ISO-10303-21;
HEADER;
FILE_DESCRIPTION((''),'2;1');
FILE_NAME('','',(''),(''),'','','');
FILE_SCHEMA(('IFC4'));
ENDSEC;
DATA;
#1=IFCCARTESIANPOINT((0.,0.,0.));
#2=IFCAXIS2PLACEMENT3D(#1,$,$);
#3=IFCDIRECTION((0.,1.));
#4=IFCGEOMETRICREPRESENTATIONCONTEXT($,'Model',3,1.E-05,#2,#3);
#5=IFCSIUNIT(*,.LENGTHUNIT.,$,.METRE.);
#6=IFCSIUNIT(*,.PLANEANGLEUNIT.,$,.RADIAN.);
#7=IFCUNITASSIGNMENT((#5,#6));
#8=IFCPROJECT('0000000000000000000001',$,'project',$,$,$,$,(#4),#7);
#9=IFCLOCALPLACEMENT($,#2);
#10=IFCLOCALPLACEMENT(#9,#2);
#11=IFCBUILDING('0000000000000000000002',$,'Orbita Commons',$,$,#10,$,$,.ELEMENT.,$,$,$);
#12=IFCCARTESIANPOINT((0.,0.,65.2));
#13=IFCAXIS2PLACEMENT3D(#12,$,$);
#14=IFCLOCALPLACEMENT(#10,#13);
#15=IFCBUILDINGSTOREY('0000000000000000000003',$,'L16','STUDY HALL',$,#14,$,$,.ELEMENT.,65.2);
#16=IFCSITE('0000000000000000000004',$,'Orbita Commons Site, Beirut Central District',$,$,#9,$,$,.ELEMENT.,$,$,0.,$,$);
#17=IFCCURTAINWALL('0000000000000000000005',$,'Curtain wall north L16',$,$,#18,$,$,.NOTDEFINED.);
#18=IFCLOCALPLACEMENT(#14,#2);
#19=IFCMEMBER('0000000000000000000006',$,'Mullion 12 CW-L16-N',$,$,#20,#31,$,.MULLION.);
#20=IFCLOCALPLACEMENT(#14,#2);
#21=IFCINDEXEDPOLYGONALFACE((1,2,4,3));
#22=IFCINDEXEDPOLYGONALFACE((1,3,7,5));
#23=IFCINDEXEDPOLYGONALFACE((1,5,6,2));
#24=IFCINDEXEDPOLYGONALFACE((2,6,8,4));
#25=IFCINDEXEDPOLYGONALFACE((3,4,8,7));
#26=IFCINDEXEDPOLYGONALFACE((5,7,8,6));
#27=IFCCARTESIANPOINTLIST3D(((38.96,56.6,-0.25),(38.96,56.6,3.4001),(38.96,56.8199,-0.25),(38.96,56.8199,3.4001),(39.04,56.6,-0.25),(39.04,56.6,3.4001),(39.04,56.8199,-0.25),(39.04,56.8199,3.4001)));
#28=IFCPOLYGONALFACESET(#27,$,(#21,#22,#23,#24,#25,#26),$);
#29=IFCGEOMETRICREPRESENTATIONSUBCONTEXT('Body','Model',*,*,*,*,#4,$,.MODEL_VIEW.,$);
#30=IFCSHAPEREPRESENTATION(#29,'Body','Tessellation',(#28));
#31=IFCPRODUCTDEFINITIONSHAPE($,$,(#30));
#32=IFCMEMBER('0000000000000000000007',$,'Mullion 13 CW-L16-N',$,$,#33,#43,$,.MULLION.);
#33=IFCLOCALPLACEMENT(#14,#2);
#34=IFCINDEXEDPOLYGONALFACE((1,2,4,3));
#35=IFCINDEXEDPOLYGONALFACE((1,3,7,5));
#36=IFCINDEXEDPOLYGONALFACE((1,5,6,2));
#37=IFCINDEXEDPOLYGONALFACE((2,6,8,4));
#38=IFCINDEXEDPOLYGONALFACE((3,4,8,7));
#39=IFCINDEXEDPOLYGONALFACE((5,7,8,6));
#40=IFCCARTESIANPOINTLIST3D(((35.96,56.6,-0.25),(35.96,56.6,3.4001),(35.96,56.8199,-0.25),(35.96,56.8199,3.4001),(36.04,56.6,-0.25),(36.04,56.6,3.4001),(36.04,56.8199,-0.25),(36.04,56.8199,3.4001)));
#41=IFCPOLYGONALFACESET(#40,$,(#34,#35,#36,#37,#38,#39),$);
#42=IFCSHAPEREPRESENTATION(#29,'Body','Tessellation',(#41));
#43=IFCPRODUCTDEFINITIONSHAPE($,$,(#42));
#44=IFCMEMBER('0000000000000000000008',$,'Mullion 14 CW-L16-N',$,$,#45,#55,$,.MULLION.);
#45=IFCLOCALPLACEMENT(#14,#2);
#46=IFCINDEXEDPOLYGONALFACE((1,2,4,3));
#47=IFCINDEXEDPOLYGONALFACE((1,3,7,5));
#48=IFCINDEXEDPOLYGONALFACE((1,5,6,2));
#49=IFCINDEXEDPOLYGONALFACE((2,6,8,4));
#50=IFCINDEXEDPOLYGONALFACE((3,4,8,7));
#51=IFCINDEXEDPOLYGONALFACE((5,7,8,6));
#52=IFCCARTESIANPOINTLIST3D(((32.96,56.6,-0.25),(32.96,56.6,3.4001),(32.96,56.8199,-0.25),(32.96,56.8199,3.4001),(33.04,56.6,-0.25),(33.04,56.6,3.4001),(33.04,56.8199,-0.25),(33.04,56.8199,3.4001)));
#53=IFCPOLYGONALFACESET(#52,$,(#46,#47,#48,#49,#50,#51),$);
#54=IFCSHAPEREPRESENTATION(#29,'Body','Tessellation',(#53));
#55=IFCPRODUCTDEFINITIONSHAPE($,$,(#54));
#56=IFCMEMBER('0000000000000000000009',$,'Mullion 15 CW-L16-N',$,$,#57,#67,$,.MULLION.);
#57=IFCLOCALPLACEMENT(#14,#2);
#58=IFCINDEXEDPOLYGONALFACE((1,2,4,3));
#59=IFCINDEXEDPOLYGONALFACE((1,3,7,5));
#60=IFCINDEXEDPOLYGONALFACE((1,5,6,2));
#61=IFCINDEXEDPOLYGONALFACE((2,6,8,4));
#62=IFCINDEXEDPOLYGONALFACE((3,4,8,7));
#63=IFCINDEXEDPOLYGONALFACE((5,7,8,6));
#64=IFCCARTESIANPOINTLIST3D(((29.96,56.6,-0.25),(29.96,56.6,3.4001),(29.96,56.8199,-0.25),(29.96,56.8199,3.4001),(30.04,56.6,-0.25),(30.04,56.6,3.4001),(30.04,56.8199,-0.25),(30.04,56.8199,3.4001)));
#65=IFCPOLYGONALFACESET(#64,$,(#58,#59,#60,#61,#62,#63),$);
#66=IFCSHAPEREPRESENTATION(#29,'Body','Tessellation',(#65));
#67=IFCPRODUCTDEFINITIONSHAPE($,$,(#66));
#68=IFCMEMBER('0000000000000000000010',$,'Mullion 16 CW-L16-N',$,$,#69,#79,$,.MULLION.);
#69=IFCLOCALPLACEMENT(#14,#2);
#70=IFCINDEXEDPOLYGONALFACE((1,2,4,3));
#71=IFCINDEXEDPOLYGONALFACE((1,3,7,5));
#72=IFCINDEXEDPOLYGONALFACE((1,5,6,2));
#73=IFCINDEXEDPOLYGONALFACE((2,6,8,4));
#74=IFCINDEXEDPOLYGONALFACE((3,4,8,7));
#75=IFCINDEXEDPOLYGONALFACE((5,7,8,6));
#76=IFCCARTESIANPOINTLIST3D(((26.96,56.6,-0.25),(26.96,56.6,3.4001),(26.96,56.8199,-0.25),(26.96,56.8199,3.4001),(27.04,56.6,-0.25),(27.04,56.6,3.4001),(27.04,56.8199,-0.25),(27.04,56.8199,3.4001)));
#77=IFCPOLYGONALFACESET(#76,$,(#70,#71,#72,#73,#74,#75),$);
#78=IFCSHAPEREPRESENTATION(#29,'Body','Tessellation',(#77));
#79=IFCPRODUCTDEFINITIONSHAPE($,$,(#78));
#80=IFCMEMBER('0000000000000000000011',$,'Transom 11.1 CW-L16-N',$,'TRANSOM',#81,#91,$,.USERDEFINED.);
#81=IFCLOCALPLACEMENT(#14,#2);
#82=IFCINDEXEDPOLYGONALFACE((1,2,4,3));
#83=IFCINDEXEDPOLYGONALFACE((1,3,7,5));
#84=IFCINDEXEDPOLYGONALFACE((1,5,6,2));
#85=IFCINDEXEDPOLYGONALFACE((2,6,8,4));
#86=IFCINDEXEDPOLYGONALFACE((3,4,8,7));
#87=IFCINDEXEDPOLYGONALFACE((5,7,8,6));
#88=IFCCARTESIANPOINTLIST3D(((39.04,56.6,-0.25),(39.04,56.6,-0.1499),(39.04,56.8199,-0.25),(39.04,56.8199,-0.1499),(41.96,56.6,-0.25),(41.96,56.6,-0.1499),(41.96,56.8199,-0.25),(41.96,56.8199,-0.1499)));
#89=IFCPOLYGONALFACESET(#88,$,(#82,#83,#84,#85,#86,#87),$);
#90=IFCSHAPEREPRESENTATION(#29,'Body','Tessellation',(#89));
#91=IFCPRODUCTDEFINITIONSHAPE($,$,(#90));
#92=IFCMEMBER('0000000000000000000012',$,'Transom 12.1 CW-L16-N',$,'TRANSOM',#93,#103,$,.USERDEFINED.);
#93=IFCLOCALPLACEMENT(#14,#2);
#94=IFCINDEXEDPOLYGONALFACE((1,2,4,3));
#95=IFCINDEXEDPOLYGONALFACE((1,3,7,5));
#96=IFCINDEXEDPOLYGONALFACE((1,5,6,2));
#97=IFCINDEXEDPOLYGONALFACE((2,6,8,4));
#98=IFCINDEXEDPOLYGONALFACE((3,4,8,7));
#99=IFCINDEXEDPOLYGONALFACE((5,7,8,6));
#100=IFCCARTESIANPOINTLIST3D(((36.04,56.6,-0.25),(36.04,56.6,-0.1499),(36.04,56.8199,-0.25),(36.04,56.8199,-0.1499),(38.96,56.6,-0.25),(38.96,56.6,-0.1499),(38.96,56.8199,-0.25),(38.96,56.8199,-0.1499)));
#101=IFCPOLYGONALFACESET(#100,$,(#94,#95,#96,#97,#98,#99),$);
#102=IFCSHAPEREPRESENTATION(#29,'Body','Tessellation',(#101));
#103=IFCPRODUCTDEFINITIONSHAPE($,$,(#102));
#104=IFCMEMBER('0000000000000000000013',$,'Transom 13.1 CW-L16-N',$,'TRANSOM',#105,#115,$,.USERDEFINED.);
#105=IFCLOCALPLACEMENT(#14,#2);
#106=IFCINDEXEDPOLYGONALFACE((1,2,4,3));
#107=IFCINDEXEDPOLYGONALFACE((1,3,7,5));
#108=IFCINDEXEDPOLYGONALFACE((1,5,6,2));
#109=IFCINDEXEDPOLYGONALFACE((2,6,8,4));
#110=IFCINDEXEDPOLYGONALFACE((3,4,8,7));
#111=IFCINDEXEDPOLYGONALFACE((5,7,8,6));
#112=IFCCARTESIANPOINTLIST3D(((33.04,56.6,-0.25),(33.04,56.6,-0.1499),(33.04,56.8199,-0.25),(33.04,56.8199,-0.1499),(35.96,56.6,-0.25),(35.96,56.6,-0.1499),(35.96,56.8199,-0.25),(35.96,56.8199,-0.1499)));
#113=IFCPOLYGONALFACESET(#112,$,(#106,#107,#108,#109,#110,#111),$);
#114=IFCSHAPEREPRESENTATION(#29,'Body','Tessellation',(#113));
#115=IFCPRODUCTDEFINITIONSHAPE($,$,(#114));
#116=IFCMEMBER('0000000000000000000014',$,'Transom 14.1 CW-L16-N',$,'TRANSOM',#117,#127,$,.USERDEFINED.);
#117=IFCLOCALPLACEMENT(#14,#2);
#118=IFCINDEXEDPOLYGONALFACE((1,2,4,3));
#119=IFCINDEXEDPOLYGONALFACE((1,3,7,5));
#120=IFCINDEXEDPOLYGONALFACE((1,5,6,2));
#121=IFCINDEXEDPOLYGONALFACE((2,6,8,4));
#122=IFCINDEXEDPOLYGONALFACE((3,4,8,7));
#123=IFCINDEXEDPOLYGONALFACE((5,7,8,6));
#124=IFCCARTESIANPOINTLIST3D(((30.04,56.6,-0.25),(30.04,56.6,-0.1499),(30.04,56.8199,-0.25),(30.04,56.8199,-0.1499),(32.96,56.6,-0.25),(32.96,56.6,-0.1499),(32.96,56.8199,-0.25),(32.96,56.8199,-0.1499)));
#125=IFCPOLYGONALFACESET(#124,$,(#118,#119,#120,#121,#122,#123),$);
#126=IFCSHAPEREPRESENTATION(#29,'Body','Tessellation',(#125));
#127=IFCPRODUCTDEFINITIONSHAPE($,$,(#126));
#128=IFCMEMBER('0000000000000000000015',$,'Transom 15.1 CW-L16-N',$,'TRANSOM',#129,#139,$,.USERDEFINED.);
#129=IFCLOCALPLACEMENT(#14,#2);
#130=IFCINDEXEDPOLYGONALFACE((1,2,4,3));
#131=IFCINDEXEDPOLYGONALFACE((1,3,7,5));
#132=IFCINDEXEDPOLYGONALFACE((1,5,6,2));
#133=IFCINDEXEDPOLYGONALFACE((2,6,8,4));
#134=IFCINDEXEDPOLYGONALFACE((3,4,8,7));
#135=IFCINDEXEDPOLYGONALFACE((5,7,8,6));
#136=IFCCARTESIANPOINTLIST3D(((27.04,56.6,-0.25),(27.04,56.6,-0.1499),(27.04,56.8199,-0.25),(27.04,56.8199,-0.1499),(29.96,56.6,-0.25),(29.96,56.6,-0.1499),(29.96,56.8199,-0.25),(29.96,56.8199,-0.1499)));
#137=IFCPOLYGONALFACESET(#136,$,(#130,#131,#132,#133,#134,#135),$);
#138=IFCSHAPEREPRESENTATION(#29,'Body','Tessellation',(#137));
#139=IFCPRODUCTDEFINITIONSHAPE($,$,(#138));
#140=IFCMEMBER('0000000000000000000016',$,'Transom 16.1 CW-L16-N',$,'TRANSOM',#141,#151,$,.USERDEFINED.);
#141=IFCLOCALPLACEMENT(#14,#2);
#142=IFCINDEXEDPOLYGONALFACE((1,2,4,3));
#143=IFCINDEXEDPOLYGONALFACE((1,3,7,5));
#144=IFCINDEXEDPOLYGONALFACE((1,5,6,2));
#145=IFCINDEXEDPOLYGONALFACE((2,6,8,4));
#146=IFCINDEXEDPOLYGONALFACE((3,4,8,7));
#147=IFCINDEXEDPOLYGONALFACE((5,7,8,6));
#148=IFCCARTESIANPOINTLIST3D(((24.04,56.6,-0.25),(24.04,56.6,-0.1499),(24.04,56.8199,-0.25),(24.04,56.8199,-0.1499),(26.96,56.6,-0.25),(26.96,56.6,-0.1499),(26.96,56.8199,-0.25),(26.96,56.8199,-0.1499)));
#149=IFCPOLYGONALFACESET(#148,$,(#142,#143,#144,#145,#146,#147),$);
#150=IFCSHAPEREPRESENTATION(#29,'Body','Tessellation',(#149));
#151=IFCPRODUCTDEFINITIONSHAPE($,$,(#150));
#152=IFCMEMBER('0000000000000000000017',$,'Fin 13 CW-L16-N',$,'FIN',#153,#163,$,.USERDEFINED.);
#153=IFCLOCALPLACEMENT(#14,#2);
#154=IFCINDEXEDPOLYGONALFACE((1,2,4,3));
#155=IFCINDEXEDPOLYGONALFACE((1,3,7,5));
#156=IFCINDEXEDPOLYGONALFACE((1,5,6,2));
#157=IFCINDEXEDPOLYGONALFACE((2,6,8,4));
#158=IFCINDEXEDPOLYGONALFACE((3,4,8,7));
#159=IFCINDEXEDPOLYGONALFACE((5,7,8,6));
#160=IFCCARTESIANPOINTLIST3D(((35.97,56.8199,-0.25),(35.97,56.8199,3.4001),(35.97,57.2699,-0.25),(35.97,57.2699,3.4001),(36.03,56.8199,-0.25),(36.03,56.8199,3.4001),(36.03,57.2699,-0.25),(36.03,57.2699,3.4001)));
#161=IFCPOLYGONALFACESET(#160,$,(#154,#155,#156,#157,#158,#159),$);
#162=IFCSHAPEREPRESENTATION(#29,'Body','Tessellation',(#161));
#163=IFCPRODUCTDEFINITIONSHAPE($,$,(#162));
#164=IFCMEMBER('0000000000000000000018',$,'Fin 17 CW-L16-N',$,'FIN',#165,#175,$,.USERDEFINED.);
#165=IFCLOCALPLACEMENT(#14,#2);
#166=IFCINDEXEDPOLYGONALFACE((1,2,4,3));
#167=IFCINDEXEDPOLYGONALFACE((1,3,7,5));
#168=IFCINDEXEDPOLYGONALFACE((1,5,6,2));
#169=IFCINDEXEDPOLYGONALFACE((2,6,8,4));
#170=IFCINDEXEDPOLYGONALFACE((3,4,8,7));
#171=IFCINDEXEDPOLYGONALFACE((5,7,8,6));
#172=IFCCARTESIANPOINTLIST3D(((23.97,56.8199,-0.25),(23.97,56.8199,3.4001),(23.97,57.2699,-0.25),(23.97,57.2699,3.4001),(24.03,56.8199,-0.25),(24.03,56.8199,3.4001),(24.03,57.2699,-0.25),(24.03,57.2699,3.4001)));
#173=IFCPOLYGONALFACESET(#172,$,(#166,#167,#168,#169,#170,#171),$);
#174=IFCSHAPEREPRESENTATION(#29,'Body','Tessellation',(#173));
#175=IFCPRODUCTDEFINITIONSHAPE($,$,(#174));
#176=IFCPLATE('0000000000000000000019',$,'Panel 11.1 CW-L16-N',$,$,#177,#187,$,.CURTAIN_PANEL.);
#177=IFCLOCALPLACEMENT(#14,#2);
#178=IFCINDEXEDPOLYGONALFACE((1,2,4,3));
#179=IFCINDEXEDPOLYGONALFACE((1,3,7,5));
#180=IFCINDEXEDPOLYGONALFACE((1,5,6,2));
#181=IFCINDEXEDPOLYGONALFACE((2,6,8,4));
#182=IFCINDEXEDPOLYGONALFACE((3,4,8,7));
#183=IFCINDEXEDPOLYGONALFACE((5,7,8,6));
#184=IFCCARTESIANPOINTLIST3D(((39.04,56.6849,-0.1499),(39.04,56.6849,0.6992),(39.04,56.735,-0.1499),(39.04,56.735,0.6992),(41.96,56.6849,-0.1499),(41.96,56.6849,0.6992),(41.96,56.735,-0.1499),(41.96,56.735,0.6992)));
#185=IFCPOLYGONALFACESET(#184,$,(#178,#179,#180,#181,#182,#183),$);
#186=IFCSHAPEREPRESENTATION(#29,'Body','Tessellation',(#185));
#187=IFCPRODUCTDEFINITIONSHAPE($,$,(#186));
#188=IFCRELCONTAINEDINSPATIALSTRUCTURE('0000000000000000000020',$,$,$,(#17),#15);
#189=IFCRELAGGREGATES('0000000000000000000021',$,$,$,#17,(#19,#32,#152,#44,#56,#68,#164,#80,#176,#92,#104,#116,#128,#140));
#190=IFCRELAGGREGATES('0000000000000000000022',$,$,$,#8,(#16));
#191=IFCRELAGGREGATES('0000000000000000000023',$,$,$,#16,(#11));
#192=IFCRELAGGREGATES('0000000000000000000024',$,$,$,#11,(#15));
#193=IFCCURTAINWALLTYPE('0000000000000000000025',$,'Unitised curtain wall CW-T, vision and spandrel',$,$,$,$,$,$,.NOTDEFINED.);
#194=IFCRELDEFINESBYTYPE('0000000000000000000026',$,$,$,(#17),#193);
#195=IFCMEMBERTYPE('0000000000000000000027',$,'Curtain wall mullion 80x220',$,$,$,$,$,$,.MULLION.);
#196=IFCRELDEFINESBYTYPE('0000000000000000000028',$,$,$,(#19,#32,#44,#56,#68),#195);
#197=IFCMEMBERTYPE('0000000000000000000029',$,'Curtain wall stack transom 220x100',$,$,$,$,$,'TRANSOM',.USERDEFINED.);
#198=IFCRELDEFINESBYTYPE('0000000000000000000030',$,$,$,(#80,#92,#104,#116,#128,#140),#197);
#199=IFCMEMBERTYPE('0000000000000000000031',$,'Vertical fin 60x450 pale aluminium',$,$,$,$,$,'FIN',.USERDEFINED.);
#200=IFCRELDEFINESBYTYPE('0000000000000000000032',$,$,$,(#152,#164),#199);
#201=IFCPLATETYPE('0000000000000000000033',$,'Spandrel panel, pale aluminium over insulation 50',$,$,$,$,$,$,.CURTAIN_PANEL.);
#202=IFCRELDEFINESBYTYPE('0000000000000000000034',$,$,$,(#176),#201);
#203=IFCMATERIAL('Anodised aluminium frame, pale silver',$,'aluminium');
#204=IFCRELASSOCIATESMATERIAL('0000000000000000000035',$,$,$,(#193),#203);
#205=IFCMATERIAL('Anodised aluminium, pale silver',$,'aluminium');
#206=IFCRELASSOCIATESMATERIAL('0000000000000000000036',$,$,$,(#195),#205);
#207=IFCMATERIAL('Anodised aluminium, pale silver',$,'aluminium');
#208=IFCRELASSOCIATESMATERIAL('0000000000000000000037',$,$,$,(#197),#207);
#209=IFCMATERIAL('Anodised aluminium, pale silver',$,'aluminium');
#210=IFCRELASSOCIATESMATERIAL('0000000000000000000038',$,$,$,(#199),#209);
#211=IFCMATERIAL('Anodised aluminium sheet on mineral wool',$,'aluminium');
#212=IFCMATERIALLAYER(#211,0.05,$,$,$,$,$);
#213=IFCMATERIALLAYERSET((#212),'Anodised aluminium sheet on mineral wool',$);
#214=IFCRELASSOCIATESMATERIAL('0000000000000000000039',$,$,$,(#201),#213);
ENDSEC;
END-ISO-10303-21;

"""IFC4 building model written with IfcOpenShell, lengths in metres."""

from ifc_helpers import new_model, si_unit, direction, frame, origin, origin_2d, place, context, subcontext, project, spatial, rectangle, extrude, material, layer, layer_set, material_profile, profile_set, type_object, element, aggregate, save


model = new_model("IFC4")

# Units and contexts
model_context = context("Model", 3, precision=1e-05, world=origin(), true_north=direction((0.0, 1.0)))
body_context = subcontext(model_context, "Body", "Model", "MODEL_VIEW")
ifc_project = project(units=[si_unit("LENGTHUNIT", "METRE"), si_unit("PLANEANGLEUNIT", "RADIAN")], contexts=[model_context])

# Site, building, storey
site_placement = place(None, origin())
site = spatial("IfcSite", under=ifc_project, at=site_placement, Name="Orbita Commons Site, Beirut Central District", CompositionType="ELEMENT", RefElevation=0.0)
building_placement = place(site_placement, origin())
building = spatial("IfcBuilding", under=site, at=building_placement, Name="Orbita Commons", CompositionType="ELEMENT")
storey_placement = place(building_placement, frame((0.0, 0.0, 65.2)))
storey = spatial("IfcBuildingStorey", under=building, at=storey_placement, Name="L16", Description="STUDY HALL", CompositionType="ELEMENT", Elevation=65.2)

# Curtain wall, members, plate
ifc_material_1 = material(Name="Anodised aluminium frame, pale silver", Category="aluminium")
curtain_wall_type = type_object("IfcCurtainWallType", Name="Unitised curtain wall CW-T, vision and spandrel", PredefinedType="NOTDEFINED", material=ifc_material_1)
curtain_wall_placement = place(storey_placement, origin())
curtain_wall = element("IfcCurtainWall", 1, at=curtain_wall_placement, inside=storey, type_object=curtain_wall_type, Name="Curtain wall north L16", PredefinedType="NOTDEFINED")
ifc_material_2 = material(Name="Anodised aluminium, pale silver", Category="aluminium")
ifc_material_profile_1 = material_profile(ifc_material_2, rectangle(XDim=0.0801, YDim=0.22, at=origin_2d()), Name="AL 80x220")
ifc_profile_set_1 = profile_set([ifc_material_profile_1], Name="Anodised aluminium, pale silver")
member_type_1 = type_object("IfcMemberType", Name="Curtain wall mullion 80x220", PredefinedType="MULLION", material=ifc_profile_set_1)
member_1_placement = place(storey_placement, frame((39.0, 56.71, -0.25), z_axis=(0.0, 0.0, 1.0), x_axis=(-1.0, 0.0, 0.0)))
member_1 = element("IfcMember", 2, at=member_1_placement, type_object=member_type_1, Name="Mullion 12 CW-L16-N", PredefinedType="MULLION", context=body_context, shape_type="SweptSolid", body=[
    extrude(rectangle(XDim=0.0801, YDim=0.22, at=origin_2d()), origin(), (0.0, 0.0, 1.0), 3.6501),
])
member_2_placement = place(storey_placement, frame((36.0, 56.71, -0.25), z_axis=(0.0, 0.0, 1.0), x_axis=(-1.0, 0.0, 0.0)))
member_2 = element("IfcMember", 3, at=member_2_placement, type_object=member_type_1, Name="Mullion 13 CW-L16-N", PredefinedType="MULLION", context=body_context, shape_type="SweptSolid", body=[
    extrude(rectangle(XDim=0.0801, YDim=0.22, at=origin_2d()), origin(), (0.0, 0.0, 1.0), 3.6501),
])
member_3_placement = place(storey_placement, frame((33.0, 56.71, -0.25), z_axis=(0.0, 0.0, 1.0), x_axis=(-1.0, 0.0, 0.0)))
member_3 = element("IfcMember", 4, at=member_3_placement, type_object=member_type_1, Name="Mullion 14 CW-L16-N", PredefinedType="MULLION", context=body_context, shape_type="SweptSolid", body=[
    extrude(rectangle(XDim=0.0801, YDim=0.22, at=origin_2d()), origin(), (0.0, 0.0, 1.0), 3.6501),
])
member_4_placement = place(storey_placement, frame((30.0, 56.71, -0.25), z_axis=(0.0, 0.0, 1.0), x_axis=(-1.0, 0.0, 0.0)))
member_4 = element("IfcMember", 5, at=member_4_placement, type_object=member_type_1, Name="Mullion 15 CW-L16-N", PredefinedType="MULLION", context=body_context, shape_type="SweptSolid", body=[
    extrude(rectangle(XDim=0.0801, YDim=0.22, at=origin_2d()), origin(), (0.0, 0.0, 1.0), 3.6501),
])
member_5_placement = place(storey_placement, frame((27.0, 56.71, -0.25), z_axis=(0.0, 0.0, 1.0), x_axis=(-1.0, 0.0, 0.0)))
member_5 = element("IfcMember", 6, at=member_5_placement, type_object=member_type_1, Name="Mullion 16 CW-L16-N", PredefinedType="MULLION", context=body_context, shape_type="SweptSolid", body=[
    extrude(rectangle(XDim=0.0801, YDim=0.22, at=origin_2d()), origin(), (0.0, 0.0, 1.0), 3.6501),
])
ifc_material_3 = material(Name="Anodised aluminium, pale silver", Category="aluminium")
ifc_material_profile_2 = material_profile(ifc_material_3, rectangle(XDim=0.22, YDim=0.1001, at=origin_2d()), Name="AL 220x100")
ifc_profile_set_2 = profile_set([ifc_material_profile_2], Name="Anodised aluminium, pale silver")
member_type_2 = type_object("IfcMemberType", Name="Curtain wall stack transom 220x100", ElementType="TRANSOM", PredefinedType="USERDEFINED", material=ifc_profile_set_2)
member_6_placement = place(storey_placement, frame((41.96, 56.71, -0.2), z_axis=(-1.0, 0.0, 0.0), x_axis=(0.0, -1.0, 0.0)))
member_6 = element("IfcMember", 7, at=member_6_placement, type_object=member_type_2, Name="Transom 11.1 CW-L16-N", ObjectType="TRANSOM", PredefinedType="USERDEFINED", context=body_context, shape_type="SweptSolid", body=[
    extrude(rectangle(XDim=0.22, YDim=0.1001, at=origin_2d()), origin(), (0.0, 0.0, 1.0), 2.9199),
])
member_7_placement = place(storey_placement, frame((38.96, 56.71, -0.2), z_axis=(-1.0, 0.0, 0.0), x_axis=(0.0, -1.0, 0.0)))
member_7 = element("IfcMember", 8, at=member_7_placement, type_object=member_type_2, Name="Transom 12.1 CW-L16-N", ObjectType="TRANSOM", PredefinedType="USERDEFINED", context=body_context, shape_type="SweptSolid", body=[
    extrude(rectangle(XDim=0.22, YDim=0.1001, at=origin_2d()), origin(), (0.0, 0.0, 1.0), 2.9199),
])
member_8_placement = place(storey_placement, frame((35.96, 56.71, -0.2), z_axis=(-1.0, 0.0, 0.0), x_axis=(0.0, -1.0, 0.0)))
member_8 = element("IfcMember", 9, at=member_8_placement, type_object=member_type_2, Name="Transom 13.1 CW-L16-N", ObjectType="TRANSOM", PredefinedType="USERDEFINED", context=body_context, shape_type="SweptSolid", body=[
    extrude(rectangle(XDim=0.22, YDim=0.1001, at=origin_2d()), origin(), (0.0, 0.0, 1.0), 2.9199),
])
member_9_placement = place(storey_placement, frame((32.96, 56.71, -0.2), z_axis=(-1.0, 0.0, 0.0), x_axis=(0.0, -1.0, 0.0)))
member_9 = element("IfcMember", 10, at=member_9_placement, type_object=member_type_2, Name="Transom 14.1 CW-L16-N", ObjectType="TRANSOM", PredefinedType="USERDEFINED", context=body_context, shape_type="SweptSolid", body=[
    extrude(rectangle(XDim=0.22, YDim=0.1001, at=origin_2d()), origin(), (0.0, 0.0, 1.0), 2.9199),
])
member_10_placement = place(storey_placement, frame((29.96, 56.71, -0.2), z_axis=(-1.0, 0.0, 0.0), x_axis=(0.0, -1.0, 0.0)))
member_10 = element("IfcMember", 11, at=member_10_placement, type_object=member_type_2, Name="Transom 15.1 CW-L16-N", ObjectType="TRANSOM", PredefinedType="USERDEFINED", context=body_context, shape_type="SweptSolid", body=[
    extrude(rectangle(XDim=0.22, YDim=0.1001, at=origin_2d()), origin(), (0.0, 0.0, 1.0), 2.9199),
])
member_11_placement = place(storey_placement, frame((26.96, 56.71, -0.2), z_axis=(-1.0, 0.0, 0.0), x_axis=(0.0, -1.0, 0.0)))
member_11 = element("IfcMember", 12, at=member_11_placement, type_object=member_type_2, Name="Transom 16.1 CW-L16-N", ObjectType="TRANSOM", PredefinedType="USERDEFINED", context=body_context, shape_type="SweptSolid", body=[
    extrude(rectangle(XDim=0.22, YDim=0.1001, at=origin_2d()), origin(), (0.0, 0.0, 1.0), 2.9199),
])
ifc_material_4 = material(Name="Anodised aluminium, pale silver", Category="aluminium")
ifc_material_profile_3 = material_profile(ifc_material_4, rectangle(XDim=0.0601, YDim=0.45, at=origin_2d()), Name="FIN 60x450")
ifc_profile_set_3 = profile_set([ifc_material_profile_3], Name="Anodised aluminium, pale silver")
member_type_3 = type_object("IfcMemberType", Name="Vertical fin 60x450 pale aluminium", ElementType="FIN", PredefinedType="USERDEFINED", material=ifc_profile_set_3)
member_12_placement = place(storey_placement, frame((36.0, 57.0449, -0.25), z_axis=(0.0, 0.0, 1.0), x_axis=(-1.0, 0.0, 0.0)))
member_12 = element("IfcMember", 13, at=member_12_placement, type_object=member_type_3, Name="Fin 13 CW-L16-N", ObjectType="FIN", PredefinedType="USERDEFINED", context=body_context, shape_type="SweptSolid", body=[
    extrude(rectangle(XDim=0.0601, YDim=0.45, at=origin_2d()), origin(), (0.0, 0.0, 1.0), 3.6501),
])
member_13_placement = place(storey_placement, frame((24.0, 57.0449, -0.25), z_axis=(0.0, 0.0, 1.0), x_axis=(-1.0, 0.0, 0.0)))
member_13 = element("IfcMember", 14, at=member_13_placement, type_object=member_type_3, Name="Fin 17 CW-L16-N", ObjectType="FIN", PredefinedType="USERDEFINED", context=body_context, shape_type="SweptSolid", body=[
    extrude(rectangle(XDim=0.0601, YDim=0.45, at=origin_2d()), origin(), (0.0, 0.0, 1.0), 3.6501),
])
ifc_material_5 = material(Name="Anodised aluminium sheet on mineral wool", Category="aluminium")
ifc_layer_1 = layer(ifc_material_5, 0.05)
ifc_layer_set_1 = layer_set([ifc_layer_1], Name="Anodised aluminium sheet on mineral wool")
plate_type_1 = type_object("IfcPlateType", Name="Spandrel panel, pale aluminium over insulation 50", PredefinedType="CURTAIN_PANEL", material=ifc_layer_set_1)
plate_1_placement = place(storey_placement, frame((40.5, 56.71, -0.1499), z_axis=(0.0, 0.0, 1.0), x_axis=(-1.0, 0.0, 0.0)))
plate_1 = element("IfcPlate", 15, at=plate_1_placement, type_object=plate_type_1, Name="Panel 11.1 CW-L16-N", PredefinedType="CURTAIN_PANEL", context=body_context, shape_type="SweptSolid", body=[
    extrude(rectangle(XDim=2.9199, YDim=0.05, at=origin_2d()), origin(), (0.0, 0.0, 1.0), 0.8491),
])
aggregate(curtain_wall, [member_1, member_2, member_12, member_3, member_4, member_5, member_13, member_6, plate_1, member_7, member_8, member_9, member_10, member_11])

save(model, "model.ifc")
